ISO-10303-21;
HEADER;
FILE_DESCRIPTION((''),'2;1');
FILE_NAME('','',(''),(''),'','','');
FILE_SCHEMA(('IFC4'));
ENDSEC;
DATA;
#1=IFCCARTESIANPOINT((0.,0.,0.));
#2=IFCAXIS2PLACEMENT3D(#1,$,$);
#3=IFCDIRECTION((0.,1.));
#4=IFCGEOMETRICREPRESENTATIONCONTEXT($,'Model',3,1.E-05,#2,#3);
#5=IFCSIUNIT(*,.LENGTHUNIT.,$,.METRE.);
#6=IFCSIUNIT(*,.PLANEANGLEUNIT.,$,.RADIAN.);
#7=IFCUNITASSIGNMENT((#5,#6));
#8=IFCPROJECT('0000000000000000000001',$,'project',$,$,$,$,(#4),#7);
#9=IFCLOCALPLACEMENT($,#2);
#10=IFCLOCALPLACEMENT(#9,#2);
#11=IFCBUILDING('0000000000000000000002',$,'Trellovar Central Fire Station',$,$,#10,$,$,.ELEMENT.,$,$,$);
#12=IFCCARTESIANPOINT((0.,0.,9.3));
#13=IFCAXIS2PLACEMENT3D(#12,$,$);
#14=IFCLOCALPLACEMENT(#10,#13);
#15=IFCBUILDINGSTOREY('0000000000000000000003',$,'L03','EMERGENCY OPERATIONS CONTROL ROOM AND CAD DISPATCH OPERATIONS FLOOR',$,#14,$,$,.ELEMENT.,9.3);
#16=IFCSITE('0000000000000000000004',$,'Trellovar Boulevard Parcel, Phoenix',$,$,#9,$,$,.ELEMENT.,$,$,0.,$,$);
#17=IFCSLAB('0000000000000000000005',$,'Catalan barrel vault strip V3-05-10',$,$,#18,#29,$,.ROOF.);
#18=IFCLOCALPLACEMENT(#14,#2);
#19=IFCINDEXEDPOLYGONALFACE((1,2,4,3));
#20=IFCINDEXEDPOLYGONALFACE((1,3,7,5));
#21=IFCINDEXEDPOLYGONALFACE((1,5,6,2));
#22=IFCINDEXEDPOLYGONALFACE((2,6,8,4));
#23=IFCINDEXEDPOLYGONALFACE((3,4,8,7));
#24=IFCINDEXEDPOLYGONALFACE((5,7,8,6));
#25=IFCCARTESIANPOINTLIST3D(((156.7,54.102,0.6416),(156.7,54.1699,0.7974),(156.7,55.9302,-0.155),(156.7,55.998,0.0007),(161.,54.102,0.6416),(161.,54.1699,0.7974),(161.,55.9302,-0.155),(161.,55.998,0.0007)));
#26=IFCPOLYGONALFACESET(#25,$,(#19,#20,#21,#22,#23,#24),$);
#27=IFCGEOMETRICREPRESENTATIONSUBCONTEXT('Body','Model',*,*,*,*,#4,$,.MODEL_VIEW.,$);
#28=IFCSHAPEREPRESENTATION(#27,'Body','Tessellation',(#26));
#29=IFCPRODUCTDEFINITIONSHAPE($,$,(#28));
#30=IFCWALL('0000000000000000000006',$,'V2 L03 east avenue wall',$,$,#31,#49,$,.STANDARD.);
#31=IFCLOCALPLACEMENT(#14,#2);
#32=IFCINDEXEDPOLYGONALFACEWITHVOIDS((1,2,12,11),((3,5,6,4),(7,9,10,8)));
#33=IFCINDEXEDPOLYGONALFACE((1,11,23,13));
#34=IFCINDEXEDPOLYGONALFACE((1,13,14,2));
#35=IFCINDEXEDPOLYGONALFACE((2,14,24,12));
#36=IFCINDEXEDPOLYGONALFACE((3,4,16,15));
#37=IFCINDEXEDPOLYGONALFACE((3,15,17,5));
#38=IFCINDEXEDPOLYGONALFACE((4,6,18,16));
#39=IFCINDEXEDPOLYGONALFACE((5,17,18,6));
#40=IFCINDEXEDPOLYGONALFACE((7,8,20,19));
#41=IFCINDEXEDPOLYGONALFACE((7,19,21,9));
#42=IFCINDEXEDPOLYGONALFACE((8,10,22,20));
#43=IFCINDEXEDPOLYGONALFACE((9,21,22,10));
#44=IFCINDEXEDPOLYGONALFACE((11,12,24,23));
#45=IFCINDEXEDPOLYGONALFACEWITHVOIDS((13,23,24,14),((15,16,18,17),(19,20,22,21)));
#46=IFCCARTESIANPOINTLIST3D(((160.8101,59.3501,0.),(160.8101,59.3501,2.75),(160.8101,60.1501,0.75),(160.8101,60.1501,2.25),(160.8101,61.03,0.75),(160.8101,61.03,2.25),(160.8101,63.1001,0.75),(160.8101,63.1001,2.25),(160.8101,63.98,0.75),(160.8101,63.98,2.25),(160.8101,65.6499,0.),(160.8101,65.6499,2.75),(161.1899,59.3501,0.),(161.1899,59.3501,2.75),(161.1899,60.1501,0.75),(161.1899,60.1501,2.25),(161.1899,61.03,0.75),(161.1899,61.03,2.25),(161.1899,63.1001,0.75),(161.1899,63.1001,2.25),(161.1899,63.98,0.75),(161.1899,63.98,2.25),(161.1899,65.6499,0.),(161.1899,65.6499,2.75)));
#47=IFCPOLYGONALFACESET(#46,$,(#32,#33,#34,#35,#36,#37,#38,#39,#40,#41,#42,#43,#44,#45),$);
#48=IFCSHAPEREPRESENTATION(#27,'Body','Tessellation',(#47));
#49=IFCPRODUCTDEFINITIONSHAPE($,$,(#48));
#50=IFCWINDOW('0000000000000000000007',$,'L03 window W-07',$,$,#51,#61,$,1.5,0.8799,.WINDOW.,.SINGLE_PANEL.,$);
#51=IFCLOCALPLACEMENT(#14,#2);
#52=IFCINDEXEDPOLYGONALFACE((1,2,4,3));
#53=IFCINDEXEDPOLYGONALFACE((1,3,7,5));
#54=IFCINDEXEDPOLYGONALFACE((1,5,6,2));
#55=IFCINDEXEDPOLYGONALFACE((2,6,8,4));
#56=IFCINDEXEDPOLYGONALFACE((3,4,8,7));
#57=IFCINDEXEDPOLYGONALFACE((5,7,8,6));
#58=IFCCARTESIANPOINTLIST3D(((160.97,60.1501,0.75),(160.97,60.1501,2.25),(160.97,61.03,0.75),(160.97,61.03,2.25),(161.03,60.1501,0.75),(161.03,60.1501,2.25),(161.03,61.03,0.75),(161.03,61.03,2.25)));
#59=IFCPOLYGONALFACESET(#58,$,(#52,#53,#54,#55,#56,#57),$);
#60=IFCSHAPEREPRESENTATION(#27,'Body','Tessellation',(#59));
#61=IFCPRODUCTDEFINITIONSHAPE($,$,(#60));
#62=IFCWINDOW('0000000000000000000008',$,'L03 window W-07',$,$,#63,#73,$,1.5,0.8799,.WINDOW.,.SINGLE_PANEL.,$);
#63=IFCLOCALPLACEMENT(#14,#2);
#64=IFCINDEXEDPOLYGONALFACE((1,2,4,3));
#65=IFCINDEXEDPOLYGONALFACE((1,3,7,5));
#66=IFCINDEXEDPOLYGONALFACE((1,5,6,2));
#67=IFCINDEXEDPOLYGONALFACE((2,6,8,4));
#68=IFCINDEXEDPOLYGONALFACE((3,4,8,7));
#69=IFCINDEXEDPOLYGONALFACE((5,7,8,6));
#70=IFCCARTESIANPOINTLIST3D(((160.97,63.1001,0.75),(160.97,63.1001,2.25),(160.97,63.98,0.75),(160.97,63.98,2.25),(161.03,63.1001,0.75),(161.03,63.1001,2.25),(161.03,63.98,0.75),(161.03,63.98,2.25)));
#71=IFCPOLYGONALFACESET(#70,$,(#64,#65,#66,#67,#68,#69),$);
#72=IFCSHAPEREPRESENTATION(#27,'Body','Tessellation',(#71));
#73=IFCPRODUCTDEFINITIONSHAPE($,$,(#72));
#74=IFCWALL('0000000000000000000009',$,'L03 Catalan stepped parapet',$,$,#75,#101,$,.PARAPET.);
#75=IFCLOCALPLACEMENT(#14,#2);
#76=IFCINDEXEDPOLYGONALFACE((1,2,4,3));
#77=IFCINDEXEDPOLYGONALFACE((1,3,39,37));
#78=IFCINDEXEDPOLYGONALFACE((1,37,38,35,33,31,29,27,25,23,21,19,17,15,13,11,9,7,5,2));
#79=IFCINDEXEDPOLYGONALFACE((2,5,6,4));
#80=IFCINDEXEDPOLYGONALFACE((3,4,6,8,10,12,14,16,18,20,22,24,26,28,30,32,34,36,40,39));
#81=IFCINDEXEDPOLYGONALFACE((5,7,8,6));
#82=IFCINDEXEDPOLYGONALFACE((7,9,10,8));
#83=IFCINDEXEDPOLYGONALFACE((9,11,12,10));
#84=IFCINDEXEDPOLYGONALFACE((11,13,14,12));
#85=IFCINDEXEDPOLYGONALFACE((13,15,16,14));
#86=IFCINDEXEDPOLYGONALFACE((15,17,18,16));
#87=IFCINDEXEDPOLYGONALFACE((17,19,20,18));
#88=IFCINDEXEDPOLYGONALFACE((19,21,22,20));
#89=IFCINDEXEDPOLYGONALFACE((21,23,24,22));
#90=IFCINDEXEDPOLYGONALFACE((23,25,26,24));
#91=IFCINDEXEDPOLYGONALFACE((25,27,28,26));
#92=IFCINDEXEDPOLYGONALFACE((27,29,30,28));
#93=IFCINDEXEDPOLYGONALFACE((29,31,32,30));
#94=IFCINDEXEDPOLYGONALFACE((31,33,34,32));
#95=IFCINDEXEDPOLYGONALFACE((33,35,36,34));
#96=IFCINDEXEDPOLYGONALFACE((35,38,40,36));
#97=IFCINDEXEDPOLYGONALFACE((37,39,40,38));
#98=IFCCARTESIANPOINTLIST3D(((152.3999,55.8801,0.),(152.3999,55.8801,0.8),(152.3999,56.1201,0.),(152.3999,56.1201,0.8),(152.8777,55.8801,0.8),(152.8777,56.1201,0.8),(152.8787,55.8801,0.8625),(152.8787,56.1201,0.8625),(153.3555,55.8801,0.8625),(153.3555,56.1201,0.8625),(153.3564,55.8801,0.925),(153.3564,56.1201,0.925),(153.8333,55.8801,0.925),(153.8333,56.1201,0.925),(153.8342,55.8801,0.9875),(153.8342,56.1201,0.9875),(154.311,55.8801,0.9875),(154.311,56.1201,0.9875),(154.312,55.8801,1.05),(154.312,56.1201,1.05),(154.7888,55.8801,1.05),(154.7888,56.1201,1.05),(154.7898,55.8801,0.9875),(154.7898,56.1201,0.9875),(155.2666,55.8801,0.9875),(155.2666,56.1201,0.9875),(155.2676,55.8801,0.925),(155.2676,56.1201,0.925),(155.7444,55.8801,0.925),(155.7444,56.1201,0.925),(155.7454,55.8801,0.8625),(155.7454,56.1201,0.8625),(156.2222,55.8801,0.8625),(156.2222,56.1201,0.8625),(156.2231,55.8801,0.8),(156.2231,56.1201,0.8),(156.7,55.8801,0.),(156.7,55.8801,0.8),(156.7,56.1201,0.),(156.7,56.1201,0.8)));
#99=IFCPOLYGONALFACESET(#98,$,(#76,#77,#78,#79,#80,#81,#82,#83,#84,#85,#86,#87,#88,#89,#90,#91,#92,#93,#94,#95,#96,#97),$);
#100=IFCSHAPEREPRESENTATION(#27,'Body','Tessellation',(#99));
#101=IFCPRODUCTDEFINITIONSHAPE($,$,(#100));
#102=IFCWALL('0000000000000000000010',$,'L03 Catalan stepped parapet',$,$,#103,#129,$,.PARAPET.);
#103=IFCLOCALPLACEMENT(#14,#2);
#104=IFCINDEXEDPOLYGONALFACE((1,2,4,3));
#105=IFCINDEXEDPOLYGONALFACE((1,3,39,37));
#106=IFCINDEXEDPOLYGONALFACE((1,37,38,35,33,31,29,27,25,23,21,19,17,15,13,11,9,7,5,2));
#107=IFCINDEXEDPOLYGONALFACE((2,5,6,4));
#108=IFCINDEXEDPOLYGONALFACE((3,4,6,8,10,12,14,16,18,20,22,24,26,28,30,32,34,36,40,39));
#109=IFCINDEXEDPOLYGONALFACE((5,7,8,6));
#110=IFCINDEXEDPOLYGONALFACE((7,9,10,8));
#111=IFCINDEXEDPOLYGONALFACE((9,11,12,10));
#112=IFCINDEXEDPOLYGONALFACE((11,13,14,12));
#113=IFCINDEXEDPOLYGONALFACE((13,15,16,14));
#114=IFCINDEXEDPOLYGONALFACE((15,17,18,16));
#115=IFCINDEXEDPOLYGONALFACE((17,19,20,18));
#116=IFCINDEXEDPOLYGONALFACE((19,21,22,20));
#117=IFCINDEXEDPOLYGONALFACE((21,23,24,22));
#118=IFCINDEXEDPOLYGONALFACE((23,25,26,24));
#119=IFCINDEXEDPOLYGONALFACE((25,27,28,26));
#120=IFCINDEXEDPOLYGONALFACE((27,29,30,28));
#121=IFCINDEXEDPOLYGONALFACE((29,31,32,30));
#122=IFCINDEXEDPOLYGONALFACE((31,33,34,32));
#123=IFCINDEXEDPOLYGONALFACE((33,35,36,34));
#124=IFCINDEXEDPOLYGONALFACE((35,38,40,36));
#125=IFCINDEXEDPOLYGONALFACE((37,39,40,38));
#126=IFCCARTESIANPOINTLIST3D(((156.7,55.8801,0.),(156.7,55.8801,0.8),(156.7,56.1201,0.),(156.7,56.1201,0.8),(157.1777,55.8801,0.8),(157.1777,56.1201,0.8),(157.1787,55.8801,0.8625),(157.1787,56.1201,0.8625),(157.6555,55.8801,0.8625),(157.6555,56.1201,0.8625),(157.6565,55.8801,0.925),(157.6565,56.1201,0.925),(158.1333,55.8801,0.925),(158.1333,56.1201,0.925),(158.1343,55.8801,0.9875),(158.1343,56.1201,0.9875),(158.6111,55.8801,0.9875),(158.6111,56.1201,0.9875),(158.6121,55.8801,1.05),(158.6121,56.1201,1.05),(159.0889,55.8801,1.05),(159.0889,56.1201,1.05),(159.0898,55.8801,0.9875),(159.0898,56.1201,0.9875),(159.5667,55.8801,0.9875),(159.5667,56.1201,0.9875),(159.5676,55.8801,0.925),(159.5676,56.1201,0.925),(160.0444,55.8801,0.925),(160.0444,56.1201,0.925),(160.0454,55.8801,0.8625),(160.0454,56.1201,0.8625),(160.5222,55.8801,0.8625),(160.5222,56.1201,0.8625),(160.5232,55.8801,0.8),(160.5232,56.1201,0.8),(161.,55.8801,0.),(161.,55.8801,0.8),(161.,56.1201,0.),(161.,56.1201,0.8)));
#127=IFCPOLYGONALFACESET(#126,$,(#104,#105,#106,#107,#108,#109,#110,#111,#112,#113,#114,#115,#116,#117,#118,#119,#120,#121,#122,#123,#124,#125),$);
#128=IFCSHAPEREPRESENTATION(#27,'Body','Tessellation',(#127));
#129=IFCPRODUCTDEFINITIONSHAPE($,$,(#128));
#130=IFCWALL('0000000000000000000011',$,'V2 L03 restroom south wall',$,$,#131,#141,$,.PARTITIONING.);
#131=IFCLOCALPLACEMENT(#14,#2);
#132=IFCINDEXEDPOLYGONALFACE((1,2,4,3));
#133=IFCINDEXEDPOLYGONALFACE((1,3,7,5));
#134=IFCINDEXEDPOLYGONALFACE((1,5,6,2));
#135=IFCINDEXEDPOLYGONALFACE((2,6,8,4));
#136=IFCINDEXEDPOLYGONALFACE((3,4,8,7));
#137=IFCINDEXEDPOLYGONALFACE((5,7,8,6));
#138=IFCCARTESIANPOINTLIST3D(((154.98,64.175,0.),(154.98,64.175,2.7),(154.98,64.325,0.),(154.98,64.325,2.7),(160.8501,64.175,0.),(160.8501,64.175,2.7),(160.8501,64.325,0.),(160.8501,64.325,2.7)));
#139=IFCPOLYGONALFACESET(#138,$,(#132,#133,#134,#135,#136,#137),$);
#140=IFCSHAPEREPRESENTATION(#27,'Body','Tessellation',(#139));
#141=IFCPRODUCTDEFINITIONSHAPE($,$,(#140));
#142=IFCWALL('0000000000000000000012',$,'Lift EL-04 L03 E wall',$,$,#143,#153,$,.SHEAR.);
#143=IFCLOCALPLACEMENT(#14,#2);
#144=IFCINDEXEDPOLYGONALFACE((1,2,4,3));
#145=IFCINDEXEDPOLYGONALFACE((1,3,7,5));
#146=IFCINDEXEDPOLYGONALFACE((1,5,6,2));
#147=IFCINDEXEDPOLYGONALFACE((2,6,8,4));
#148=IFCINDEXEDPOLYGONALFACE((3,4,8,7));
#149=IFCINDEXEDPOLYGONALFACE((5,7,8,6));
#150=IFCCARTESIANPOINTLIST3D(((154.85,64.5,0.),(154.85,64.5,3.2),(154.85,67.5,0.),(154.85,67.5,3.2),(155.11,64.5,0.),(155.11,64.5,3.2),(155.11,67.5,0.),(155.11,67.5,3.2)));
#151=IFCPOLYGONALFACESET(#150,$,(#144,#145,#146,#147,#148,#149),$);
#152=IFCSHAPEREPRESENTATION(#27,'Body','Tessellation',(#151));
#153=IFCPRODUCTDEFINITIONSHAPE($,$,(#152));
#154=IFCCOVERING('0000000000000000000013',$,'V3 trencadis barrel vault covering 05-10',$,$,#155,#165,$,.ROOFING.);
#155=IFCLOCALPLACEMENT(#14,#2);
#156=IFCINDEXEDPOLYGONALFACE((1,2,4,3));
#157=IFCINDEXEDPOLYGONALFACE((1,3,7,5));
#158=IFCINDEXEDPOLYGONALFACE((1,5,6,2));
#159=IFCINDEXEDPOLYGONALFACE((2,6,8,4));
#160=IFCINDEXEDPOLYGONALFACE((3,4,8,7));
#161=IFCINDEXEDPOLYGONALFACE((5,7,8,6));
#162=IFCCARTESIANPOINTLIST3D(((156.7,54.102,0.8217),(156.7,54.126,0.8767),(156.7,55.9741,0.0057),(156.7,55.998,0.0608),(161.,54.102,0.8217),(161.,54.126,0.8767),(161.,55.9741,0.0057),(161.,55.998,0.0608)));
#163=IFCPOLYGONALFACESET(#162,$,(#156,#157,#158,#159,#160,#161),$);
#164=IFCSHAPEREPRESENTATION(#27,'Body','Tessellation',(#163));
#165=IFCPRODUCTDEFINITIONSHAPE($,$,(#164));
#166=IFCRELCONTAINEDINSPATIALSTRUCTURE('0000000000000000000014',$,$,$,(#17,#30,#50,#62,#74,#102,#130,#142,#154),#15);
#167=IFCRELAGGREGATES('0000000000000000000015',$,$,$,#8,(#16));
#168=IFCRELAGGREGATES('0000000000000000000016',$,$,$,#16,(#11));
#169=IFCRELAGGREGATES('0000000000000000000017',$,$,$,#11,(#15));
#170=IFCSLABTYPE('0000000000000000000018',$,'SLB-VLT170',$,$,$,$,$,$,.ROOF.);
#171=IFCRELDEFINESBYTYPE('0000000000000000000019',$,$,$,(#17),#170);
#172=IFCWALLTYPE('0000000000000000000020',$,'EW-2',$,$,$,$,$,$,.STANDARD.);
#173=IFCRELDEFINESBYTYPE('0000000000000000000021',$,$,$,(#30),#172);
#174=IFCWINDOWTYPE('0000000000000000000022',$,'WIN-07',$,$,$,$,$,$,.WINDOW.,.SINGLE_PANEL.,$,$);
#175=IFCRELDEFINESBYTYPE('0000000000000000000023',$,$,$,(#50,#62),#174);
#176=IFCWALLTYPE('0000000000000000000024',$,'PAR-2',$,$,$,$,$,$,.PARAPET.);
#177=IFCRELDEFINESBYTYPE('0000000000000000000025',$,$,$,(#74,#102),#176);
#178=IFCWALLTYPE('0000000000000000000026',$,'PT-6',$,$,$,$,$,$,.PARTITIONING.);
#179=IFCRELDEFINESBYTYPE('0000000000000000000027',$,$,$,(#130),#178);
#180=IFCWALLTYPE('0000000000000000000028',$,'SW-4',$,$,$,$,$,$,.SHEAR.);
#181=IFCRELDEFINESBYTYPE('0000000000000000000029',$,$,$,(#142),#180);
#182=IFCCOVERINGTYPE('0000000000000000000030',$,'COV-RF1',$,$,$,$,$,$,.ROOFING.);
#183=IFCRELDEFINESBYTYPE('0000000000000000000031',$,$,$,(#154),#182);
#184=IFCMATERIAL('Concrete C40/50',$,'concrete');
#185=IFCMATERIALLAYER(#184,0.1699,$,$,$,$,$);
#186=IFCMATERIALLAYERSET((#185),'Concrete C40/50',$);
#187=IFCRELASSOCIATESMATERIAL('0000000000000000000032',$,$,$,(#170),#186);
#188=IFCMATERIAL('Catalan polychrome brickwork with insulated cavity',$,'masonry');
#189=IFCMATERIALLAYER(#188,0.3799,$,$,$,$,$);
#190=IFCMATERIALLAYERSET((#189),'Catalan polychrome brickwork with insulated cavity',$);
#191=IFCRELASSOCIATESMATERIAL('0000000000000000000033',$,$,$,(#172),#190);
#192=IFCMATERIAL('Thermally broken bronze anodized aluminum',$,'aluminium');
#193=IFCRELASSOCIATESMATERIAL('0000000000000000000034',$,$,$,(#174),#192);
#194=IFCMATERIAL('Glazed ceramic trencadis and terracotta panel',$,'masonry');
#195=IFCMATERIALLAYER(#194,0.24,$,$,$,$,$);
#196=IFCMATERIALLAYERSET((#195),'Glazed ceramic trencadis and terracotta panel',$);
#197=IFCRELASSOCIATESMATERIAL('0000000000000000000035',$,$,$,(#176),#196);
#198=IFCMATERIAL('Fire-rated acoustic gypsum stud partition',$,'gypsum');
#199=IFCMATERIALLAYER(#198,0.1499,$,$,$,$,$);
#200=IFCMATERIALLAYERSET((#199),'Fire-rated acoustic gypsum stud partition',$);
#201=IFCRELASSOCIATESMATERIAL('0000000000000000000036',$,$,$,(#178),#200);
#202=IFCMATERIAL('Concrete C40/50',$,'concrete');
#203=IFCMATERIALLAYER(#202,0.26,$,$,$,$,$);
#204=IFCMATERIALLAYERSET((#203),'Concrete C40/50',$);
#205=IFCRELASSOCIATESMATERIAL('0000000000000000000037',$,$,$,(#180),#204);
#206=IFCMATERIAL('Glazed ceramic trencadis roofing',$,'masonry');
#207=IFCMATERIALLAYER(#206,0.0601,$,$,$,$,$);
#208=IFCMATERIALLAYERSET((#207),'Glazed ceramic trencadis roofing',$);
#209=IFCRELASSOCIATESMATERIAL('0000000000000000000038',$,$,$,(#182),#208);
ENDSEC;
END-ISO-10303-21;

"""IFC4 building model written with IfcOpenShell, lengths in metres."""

from ifc_helpers import new_model, si_unit, direction, frame, frame_2d, origin, place, context, subcontext, project, spatial, polyline, rectangle, outline, extrude, material, layer, layer_set, type_object, element, fill, save


model = new_model("IFC4")

# Units and contexts
model_context = context("Model", 3, precision=1e-05, world=origin(), true_north=direction((0.0, 1.0)))
body_context = subcontext(model_context, "Body", "Model", "MODEL_VIEW")
ifc_project = project(units=[si_unit("LENGTHUNIT", "METRE"), si_unit("PLANEANGLEUNIT", "RADIAN")], contexts=[model_context])

# Site, building, storey
site_placement = place(None, origin())
site = spatial("IfcSite", under=ifc_project, at=site_placement, Name="Trellovar Boulevard Parcel, Phoenix", CompositionType="ELEMENT", RefElevation=0.0)
building_placement = place(site_placement, origin())
building = spatial("IfcBuilding", under=site, at=building_placement, Name="Trellovar Central Fire Station", CompositionType="ELEMENT")
storey_placement = place(building_placement, frame((0.0, 0.0, 9.3)))
storey = spatial("IfcBuildingStorey", under=building, at=storey_placement, Name="L03", Description="EMERGENCY OPERATIONS CONTROL ROOM AND CAD DISPATCH OPERATIONS FLOOR", CompositionType="ELEMENT", Elevation=9.3)

# Slab
ifc_material_1 = material(Name="Concrete C40/50", Category="concrete")
ifc_layer_1 = layer(ifc_material_1, 0.1699)
ifc_layer_set_1 = layer_set([ifc_layer_1], Name="Concrete C40/50")
slab_type = type_object("IfcSlabType", Name="SLB-VLT170", PredefinedType="ROOF", material=ifc_layer_set_1)
slab_placement = place(storey_placement, frame((156.7, 54.1699, 0.7974), z_axis=(0.0, 0.399483, 0.916741), x_axis=(1.0, 0.0, 0.0)))
element("IfcSlab", 1, at=slab_placement, inside=storey, type_object=slab_type, Name="Catalan barrel vault strip V3-05-10", PredefinedType="ROOF", context=body_context, shape_type="SweptSolid", body=[
    extrude(outline(polyline([(0.0, 0.0), (4.3, 0.0), (4.3, 1.9942), (0.0, 1.9942), (0.0, 0.0)])), origin(), (0.0, 0.0, -1.0), 0.1699),
])

# Wall, openings, windows
ifc_material_2 = material(Name="Catalan polychrome brickwork with insulated cavity", Category="masonry")
ifc_layer_2 = layer(ifc_material_2, 0.3799)
ifc_layer_set_2 = layer_set([ifc_layer_2], Name="Catalan polychrome brickwork with insulated cavity")
wall_type_1 = type_object("IfcWallType", Name="EW-2", PredefinedType="STANDARD", material=ifc_layer_set_2)
wall_1_placement = place(storey_placement, frame((161.0, 59.3501, 0.0), z_axis=(0.0, 0.0, 1.0), x_axis=(0.0, 1.0, 0.0)))
wall_1 = element("IfcWall", 2, at=wall_1_placement, inside=storey, type_object=wall_type_1, Name="V2 L03 east avenue wall", PredefinedType="STANDARD", context=body_context, shape_type="SweptSolid", body=[
    extrude(rectangle(XDim=6.2998, YDim=0.3799, at=frame_2d((3.1499, 0.0))), origin(), (0.0, 0.0, 1.0), 2.75),
])
opening_1_placement = place(wall_1_placement, frame((0.8, 0.0, 0.75)))
opening_1 = element("IfcOpeningElement", 3, at=opening_1_placement, cuts=wall_1, PredefinedType="OPENING", context=body_context, shape_type="SweptSolid", body=[
    extrude(rectangle(XDim=0.8799, YDim=1.5, at=frame_2d((0.4399, 0.75))), frame((0.0, 0.2, 0.0), z_axis=(0.0, -1.0, 0.0), x_axis=(1.0, 0.0, 0.0)), (0.0, 0.0, 1.0), 0.3999),
])
opening_2_placement = place(wall_1_placement, frame((3.75, 0.0, 0.75)))
opening_2 = element("IfcOpeningElement", 4, at=opening_2_placement, cuts=wall_1, PredefinedType="OPENING", context=body_context, shape_type="SweptSolid", body=[
    extrude(rectangle(XDim=0.8799, YDim=1.5, at=frame_2d((0.4399, 0.75))), frame((0.0, 0.2, 0.0), z_axis=(0.0, -1.0, 0.0), x_axis=(1.0, 0.0, 0.0)), (0.0, 0.0, 1.0), 0.3999),
])
ifc_material_3 = material(Name="Thermally broken bronze anodized aluminum", Category="aluminium")
window_type = type_object("IfcWindowType", Name="WIN-07", PartitioningType="SINGLE_PANEL", PredefinedType="WINDOW", material=ifc_material_3)
window_1_placement = place(opening_1_placement, origin())
window_1 = element("IfcWindow", 5, at=window_1_placement, inside=storey, type_object=window_type, Name="L03 window W-07", OverallHeight=1.5, OverallWidth=0.8799, PartitioningType="SINGLE_PANEL", PredefinedType="WINDOW", context=body_context, shape_type="SweptSolid", body=[
    extrude(rectangle(XDim=0.8799, YDim=1.5, at=frame_2d((0.4399, 0.75))), frame((0.0, 0.03, 0.0), z_axis=(0.0, -1.0, 0.0), x_axis=(1.0, 0.0, 0.0)), (0.0, 0.0, 1.0), 0.0601),
])
fill(opening_1, window_1)
window_2_placement = place(opening_2_placement, origin())
window_2 = element("IfcWindow", 6, at=window_2_placement, inside=storey, type_object=window_type, Name="L03 window W-07", OverallHeight=1.5, OverallWidth=0.8799, PartitioningType="SINGLE_PANEL", PredefinedType="WINDOW", context=body_context, shape_type="SweptSolid", body=[
    extrude(rectangle(XDim=0.8799, YDim=1.5, at=frame_2d((0.4399, 0.75))), frame((0.0, 0.03, 0.0), z_axis=(0.0, -1.0, 0.0), x_axis=(1.0, 0.0, 0.0)), (0.0, 0.0, 1.0), 0.0601),
])
fill(opening_2, window_2)

# Walls
ifc_material_4 = material(Name="Glazed ceramic trencadis and terracotta panel", Category="masonry")
ifc_layer_3 = layer(ifc_material_4, 0.24)
ifc_layer_set_3 = layer_set([ifc_layer_3], Name="Glazed ceramic trencadis and terracotta panel")
wall_type_2 = type_object("IfcWallType", Name="PAR-2", PredefinedType="PARAPET", material=ifc_layer_set_3)
for number, where, z_axis, x_axis, name in (
    (7, (152.3999, 56.0, 0.0), (0.0, 0.0, 1.0), (1.0, 0.0, 0.0), "L03 Catalan stepped parapet"),
    (8, (156.7, 56.0, 0.0), (0.0, 0.0, 1.0), (1.0, 0.0, 0.0), "L03 Catalan stepped parapet"),
):
    element("IfcWall", number, at=place(storey_placement, frame(where, z_axis=z_axis, x_axis=x_axis)), inside=storey, type_object=wall_type_2, Name=name, PredefinedType="PARAPET", context=body_context, shape_type="SweptSolid", body=[
        extrude(outline(polyline([(0.0, 0.0), (4.3, 0.0), (4.3, 0.8), (3.8232, 0.8), (3.8223, 0.8625), (3.3455, 0.8625), (3.3445, 0.925), (2.8677, 0.925), (2.8667, 0.9875), (2.3899, 0.9875), (2.3889, 1.05), (1.9121, 1.05), (1.9111, 0.9875), (1.4343, 0.9875), (1.4333, 0.925), (0.9565, 0.925), (0.9556, 0.8625), (0.4788, 0.8625), (0.4778, 0.8), (0.0, 0.8), (0.0, 0.0)])), frame((0.0, 0.1201, 0.0), z_axis=(0.0, -1.0, 0.0), x_axis=(1.0, 0.0, 0.0)), (0.0, 0.0, 1.0), 0.24),
    ])

# Walls
ifc_material_5 = material(Name="Fire-rated acoustic gypsum stud partition", Category="gypsum")
ifc_layer_4 = layer(ifc_material_5, 0.1499)
ifc_layer_set_4 = layer_set([ifc_layer_4], Name="Fire-rated acoustic gypsum stud partition")
wall_type_3 = type_object("IfcWallType", Name="PT-6", PredefinedType="PARTITIONING", material=ifc_layer_set_4)
wall_2_placement = place(storey_placement, frame((154.98, 64.25, 0.0), z_axis=(0.0, 0.0, 1.0), x_axis=(1.0, 0.0, 0.0)))
element("IfcWall", 9, at=wall_2_placement, inside=storey, type_object=wall_type_3, Name="V2 L03 restroom south wall", PredefinedType="PARTITIONING", context=body_context, shape_type="SweptSolid", body=[
    extrude(rectangle(XDim=5.8701, YDim=0.1499, at=frame_2d((2.9351, 0.0))), origin(), (0.0, 0.0, 1.0), 2.7),
])
ifc_material_6 = material(Name="Concrete C40/50", Category="concrete")
ifc_layer_5 = layer(ifc_material_6, 0.26)
ifc_layer_set_5 = layer_set([ifc_layer_5], Name="Concrete C40/50")
wall_type_4 = type_object("IfcWallType", Name="SW-4", PredefinedType="SHEAR", material=ifc_layer_set_5)
wall_3_placement = place(storey_placement, frame((154.98, 64.5, 0.0), z_axis=(0.0, 0.0, 1.0), x_axis=(0.0, 1.0, 0.0)))
element("IfcWall", 10, at=wall_3_placement, inside=storey, type_object=wall_type_4, Name="Lift EL-04 L03 E wall", PredefinedType="SHEAR", context=body_context, shape_type="SweptSolid", body=[
    extrude(rectangle(XDim=3.0, YDim=0.26, at=frame_2d((1.5, 0.0))), origin(), (0.0, 0.0, 1.0), 3.2),
])

# Covering
ifc_material_7 = material(Name="Glazed ceramic trencadis roofing", Category="masonry")
ifc_layer_6 = layer(ifc_material_7, 0.0601)
ifc_layer_set_6 = layer_set([ifc_layer_6], Name="Glazed ceramic trencadis roofing")
covering_type = type_object("IfcCoveringType", Name="COV-RF1", PredefinedType="ROOFING", material=ifc_layer_set_6)
covering_placement = place(storey_placement, frame((156.7, 54.126, 0.8767), z_axis=(0.0, 0.399539, 0.916716), x_axis=(1.0, 0.0, 0.0)))
element("IfcCovering", 11, at=covering_placement, inside=storey, type_object=covering_type, Name="V3 trencadis barrel vault covering 05-10", PredefinedType="ROOFING", context=body_context, shape_type="SweptSolid", body=[
    extrude(outline(polyline([(0.0, 0.0), (4.3, 0.0), (4.3, 2.0421), (0.0, 2.0421), (0.0, 0.0)])), origin(), (0.0, 0.0, -1.0), 0.0601),
])

save(model, "model.ifc")
